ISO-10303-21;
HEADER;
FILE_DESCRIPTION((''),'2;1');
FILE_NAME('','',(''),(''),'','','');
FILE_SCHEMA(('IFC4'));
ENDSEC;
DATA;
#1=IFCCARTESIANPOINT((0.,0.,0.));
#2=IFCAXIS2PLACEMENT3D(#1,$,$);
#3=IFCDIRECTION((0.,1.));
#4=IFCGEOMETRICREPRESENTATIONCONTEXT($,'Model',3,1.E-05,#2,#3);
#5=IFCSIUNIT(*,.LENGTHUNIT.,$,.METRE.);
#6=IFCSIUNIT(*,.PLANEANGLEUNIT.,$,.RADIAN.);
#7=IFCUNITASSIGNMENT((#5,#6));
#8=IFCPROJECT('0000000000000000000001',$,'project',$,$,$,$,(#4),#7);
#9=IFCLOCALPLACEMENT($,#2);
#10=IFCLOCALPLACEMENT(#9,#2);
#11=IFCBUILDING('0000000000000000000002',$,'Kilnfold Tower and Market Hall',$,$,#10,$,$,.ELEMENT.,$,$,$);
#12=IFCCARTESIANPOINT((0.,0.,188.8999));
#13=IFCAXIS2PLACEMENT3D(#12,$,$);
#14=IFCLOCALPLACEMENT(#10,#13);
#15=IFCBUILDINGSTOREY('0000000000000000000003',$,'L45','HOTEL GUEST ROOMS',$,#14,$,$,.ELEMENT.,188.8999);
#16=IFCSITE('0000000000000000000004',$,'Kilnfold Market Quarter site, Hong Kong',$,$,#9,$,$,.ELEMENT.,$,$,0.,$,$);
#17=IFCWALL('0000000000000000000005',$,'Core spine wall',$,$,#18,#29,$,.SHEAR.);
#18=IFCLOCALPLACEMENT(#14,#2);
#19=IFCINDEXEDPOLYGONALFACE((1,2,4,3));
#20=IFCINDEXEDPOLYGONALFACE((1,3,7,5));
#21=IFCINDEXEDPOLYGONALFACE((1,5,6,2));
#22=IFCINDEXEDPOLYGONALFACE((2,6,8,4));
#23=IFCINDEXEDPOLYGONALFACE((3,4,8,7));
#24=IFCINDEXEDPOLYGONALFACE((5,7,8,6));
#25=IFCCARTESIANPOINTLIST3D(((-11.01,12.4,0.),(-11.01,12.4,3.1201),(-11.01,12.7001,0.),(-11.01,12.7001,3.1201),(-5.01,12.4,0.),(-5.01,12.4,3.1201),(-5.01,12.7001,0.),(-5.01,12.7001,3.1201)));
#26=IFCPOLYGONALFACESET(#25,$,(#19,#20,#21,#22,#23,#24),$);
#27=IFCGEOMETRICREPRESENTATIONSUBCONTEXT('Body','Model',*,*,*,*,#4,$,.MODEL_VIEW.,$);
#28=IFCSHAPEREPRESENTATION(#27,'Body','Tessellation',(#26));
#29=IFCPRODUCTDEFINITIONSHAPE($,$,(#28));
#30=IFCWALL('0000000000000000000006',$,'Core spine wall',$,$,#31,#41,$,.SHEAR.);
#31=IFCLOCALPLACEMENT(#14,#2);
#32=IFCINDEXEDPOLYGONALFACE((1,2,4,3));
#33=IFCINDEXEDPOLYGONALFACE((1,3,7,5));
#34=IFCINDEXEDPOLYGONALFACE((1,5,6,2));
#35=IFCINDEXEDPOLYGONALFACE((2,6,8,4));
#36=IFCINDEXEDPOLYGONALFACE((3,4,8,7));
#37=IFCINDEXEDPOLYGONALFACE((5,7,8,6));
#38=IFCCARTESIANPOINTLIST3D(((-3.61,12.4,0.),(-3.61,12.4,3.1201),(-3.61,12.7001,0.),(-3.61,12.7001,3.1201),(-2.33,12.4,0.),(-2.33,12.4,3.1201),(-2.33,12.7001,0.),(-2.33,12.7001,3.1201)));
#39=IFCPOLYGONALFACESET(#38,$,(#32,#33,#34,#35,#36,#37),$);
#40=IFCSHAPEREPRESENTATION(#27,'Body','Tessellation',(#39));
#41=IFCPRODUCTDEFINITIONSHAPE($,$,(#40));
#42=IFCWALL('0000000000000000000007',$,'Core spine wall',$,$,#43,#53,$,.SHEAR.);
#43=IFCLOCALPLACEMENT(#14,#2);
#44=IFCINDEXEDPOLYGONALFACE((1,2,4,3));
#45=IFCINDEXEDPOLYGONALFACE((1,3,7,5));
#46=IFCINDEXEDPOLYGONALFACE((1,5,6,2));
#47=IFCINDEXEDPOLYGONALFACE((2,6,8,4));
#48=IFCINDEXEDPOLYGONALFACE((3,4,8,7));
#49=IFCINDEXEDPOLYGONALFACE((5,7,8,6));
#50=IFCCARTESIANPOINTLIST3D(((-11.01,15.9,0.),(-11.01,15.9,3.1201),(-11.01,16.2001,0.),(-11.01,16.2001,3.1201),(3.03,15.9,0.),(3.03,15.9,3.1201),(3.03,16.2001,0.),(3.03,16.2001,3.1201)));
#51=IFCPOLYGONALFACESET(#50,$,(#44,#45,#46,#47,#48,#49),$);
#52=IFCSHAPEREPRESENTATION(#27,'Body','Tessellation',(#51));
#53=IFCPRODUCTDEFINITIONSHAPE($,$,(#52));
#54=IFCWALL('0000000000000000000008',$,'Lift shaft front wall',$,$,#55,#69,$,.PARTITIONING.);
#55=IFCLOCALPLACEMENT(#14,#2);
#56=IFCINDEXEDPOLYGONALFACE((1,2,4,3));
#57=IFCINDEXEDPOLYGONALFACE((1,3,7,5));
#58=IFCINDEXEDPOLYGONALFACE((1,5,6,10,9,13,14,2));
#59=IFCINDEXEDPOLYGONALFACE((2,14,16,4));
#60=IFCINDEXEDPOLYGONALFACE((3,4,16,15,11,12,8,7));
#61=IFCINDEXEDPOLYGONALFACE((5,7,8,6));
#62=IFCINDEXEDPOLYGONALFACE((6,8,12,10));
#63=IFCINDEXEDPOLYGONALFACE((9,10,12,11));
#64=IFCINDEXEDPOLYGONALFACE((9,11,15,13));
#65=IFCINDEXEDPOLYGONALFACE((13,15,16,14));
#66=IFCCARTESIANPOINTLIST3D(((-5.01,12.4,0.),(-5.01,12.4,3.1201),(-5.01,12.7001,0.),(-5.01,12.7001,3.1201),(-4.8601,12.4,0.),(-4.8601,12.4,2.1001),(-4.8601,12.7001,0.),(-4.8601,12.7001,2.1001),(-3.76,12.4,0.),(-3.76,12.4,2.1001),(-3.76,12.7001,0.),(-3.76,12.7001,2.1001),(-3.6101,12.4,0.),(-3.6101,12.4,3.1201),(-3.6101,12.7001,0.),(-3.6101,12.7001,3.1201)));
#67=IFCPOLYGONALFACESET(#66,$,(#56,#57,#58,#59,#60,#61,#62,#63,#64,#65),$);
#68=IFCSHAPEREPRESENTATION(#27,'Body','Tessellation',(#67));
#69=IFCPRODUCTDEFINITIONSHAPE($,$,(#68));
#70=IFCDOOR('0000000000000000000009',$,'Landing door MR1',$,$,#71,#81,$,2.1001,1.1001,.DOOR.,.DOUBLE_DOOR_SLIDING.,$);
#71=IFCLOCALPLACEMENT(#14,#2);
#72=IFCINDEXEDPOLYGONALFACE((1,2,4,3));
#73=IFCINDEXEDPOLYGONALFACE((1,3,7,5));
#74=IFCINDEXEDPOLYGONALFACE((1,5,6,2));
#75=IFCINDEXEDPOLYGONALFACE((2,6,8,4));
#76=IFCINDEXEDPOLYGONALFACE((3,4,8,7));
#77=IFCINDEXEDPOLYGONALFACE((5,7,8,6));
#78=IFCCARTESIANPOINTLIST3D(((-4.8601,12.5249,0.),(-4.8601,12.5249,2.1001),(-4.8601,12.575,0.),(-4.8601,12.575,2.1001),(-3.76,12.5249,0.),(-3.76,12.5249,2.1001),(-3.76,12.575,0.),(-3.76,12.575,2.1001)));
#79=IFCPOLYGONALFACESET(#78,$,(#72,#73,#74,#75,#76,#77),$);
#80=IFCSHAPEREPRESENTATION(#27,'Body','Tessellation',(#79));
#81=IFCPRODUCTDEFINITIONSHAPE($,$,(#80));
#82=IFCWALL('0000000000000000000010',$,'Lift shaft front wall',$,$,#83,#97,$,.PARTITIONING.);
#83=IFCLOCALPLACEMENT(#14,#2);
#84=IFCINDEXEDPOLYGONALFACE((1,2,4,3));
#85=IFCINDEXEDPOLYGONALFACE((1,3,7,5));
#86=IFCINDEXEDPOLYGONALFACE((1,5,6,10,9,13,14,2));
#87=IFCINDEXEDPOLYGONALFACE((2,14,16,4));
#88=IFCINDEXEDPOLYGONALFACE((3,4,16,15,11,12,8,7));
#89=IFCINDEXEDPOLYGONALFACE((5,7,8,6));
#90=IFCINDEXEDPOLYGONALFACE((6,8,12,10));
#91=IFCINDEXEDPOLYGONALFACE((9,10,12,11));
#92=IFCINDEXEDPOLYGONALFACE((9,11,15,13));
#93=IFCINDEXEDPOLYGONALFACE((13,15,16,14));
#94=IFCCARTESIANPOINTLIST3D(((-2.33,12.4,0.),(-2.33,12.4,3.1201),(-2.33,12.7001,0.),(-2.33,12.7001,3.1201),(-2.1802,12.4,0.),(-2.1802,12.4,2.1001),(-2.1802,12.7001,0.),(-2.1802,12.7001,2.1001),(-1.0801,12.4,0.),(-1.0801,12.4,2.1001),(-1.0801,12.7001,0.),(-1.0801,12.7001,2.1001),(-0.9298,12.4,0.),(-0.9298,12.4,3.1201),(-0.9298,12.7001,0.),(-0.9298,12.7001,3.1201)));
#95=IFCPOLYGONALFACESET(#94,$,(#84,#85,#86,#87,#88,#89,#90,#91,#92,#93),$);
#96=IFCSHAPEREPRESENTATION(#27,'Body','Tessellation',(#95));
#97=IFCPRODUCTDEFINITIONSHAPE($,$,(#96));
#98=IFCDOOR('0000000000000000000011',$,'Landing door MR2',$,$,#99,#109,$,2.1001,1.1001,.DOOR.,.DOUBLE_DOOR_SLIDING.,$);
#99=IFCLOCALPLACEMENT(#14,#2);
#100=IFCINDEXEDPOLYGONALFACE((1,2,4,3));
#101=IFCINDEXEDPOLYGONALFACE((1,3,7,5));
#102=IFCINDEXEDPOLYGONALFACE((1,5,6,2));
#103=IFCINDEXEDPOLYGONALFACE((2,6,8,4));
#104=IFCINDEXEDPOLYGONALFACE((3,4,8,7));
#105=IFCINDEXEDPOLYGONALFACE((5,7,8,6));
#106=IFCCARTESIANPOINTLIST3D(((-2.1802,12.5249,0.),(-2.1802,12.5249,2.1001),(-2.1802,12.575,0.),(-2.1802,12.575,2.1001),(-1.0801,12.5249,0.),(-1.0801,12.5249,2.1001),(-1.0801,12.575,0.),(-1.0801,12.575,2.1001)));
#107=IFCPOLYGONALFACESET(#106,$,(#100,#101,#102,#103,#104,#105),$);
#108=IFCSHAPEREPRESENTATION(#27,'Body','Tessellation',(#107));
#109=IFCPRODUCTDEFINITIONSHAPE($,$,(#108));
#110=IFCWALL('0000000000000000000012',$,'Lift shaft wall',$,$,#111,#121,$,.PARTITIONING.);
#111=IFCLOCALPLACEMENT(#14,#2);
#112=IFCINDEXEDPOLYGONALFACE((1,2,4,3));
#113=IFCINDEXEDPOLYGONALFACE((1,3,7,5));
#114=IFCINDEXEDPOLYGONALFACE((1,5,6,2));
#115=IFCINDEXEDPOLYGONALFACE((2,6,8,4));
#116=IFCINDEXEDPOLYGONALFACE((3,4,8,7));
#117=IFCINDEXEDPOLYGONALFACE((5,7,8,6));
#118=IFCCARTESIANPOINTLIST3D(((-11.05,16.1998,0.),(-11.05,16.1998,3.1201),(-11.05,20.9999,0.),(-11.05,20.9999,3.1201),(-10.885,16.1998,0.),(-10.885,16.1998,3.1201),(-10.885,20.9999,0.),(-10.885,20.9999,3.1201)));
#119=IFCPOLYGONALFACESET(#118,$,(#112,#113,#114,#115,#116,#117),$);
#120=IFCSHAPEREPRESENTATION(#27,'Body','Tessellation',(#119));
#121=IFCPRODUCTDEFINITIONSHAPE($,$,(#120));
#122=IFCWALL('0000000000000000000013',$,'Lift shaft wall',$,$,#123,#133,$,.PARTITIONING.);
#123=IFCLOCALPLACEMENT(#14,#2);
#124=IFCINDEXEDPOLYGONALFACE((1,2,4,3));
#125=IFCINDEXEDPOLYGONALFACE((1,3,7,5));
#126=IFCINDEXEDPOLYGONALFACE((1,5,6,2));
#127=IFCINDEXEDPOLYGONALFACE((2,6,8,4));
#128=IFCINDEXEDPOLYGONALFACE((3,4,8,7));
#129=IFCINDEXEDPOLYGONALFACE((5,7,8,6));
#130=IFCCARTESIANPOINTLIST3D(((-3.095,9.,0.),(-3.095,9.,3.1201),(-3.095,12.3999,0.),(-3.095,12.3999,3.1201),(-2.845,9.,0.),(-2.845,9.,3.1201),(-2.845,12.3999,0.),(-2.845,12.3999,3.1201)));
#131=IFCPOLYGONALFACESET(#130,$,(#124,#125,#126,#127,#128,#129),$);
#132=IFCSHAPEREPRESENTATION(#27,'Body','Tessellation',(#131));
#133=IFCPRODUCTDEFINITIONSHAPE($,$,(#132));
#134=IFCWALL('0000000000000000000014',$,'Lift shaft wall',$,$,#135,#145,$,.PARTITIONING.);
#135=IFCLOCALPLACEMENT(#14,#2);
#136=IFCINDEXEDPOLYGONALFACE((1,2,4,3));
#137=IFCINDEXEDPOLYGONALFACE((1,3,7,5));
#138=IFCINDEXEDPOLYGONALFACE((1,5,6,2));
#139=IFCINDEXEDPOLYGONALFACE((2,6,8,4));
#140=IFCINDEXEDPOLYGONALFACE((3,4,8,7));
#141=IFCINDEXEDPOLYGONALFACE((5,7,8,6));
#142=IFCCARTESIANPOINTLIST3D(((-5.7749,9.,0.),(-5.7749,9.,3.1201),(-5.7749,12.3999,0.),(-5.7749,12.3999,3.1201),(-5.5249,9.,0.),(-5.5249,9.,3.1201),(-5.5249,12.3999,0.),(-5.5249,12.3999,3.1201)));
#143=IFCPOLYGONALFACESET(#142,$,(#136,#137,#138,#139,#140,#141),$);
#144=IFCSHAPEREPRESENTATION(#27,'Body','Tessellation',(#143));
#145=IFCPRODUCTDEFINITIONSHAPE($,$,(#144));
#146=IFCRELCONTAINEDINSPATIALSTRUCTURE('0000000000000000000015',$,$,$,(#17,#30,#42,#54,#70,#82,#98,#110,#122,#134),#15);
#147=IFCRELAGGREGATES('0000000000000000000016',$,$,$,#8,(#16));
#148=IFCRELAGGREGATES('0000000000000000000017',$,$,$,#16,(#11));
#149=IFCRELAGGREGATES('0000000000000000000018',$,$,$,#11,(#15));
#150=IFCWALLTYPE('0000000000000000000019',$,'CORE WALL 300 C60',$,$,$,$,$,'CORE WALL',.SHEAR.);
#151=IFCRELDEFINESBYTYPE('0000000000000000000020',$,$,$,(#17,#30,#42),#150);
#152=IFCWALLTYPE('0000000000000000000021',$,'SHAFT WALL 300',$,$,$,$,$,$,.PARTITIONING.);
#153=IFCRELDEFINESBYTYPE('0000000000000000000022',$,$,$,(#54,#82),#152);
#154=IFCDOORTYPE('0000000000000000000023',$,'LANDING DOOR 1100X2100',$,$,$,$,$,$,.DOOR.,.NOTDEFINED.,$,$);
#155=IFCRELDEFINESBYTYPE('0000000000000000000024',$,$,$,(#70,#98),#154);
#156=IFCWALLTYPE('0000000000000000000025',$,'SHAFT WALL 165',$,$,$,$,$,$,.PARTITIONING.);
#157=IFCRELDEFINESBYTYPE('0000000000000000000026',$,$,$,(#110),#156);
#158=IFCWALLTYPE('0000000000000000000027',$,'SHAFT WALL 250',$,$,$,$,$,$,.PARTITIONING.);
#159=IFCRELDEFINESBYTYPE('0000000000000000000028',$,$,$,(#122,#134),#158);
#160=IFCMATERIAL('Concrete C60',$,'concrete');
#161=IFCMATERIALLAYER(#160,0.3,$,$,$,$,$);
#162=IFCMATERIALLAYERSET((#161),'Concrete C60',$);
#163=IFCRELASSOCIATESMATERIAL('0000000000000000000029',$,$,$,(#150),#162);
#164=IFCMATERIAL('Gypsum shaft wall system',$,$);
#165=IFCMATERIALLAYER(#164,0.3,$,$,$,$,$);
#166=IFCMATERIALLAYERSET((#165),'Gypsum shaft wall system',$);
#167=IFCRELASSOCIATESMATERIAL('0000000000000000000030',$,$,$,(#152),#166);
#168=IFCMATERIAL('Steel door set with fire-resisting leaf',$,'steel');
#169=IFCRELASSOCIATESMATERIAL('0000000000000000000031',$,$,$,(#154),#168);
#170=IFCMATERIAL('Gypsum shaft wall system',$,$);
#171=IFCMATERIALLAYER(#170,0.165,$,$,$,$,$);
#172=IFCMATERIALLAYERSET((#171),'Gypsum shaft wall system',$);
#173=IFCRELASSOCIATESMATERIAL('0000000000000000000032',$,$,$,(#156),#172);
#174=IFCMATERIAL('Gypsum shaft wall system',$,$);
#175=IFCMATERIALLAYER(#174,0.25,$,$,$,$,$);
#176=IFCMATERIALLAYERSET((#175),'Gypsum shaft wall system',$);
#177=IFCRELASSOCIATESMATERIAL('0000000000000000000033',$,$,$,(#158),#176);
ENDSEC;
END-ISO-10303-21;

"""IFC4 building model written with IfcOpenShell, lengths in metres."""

from ifc_helpers import new_model, si_unit, direction, frame, frame_2d, origin, place, context, subcontext, project, spatial, rectangle, extrude, source, transform, mapped, material, layer, layer_set, type_object, element, fill, save


model = new_model("IFC4")

# Units and contexts
model_context = context("Model", 3, precision=1e-05, world=origin(), true_north=direction((0.0, 1.0)))
body_context = subcontext(model_context, "Body", "Model", "MODEL_VIEW")
ifc_project = project(units=[si_unit("LENGTHUNIT", "METRE"), si_unit("PLANEANGLEUNIT", "RADIAN")], contexts=[model_context])

# Site, building, storey
site_placement = place(None, origin())
site = spatial("IfcSite", under=ifc_project, at=site_placement, Name="Kilnfold Market Quarter site, Hong Kong", CompositionType="ELEMENT", RefElevation=0.0)
building_placement = place(site_placement, origin())
building = spatial("IfcBuilding", under=site, at=building_placement, Name="Kilnfold Tower and Market Hall", CompositionType="ELEMENT")
storey_placement = place(building_placement, frame((0.0, 0.0, 188.8999)))
storey = spatial("IfcBuildingStorey", under=building, at=storey_placement, Name="L45", Description="HOTEL GUEST ROOMS", CompositionType="ELEMENT", Elevation=188.8999)

# Walls
ifc_material_1 = material(Name="Concrete C60", Category="concrete")
ifc_layer_1 = layer(ifc_material_1, 0.3)
ifc_layer_set_1 = layer_set([ifc_layer_1], Name="Concrete C60")
wall_type_1 = type_object("IfcWallType", Name="CORE WALL 300 C60", ElementType="CORE WALL", PredefinedType="SHEAR", material=ifc_layer_set_1)
shared_shape_1 = source(origin(), body_context, "Body", "SweptSolid", [
    extrude(rectangle(XDim=6.0, YDim=0.3, at=frame_2d((3.0, 0.0))), origin(), (0.0, 0.0, 1.0), 3.1201),
])
wall_1_placement = place(storey_placement, frame((-11.01, 12.55, 0.0), z_axis=(0.0, 0.0, 1.0), x_axis=(1.0, 0.0, 0.0)))
element("IfcWall", 1, at=wall_1_placement, inside=storey, type_object=wall_type_1, Name="Core spine wall", PredefinedType="SHEAR", context=body_context, shape_type="MappedRepresentation", body=[
    mapped(shared_shape_1, transform((0.0, 0.0, 0.0))),
])
shared_shape_2 = source(origin(), body_context, "Body", "SweptSolid", [
    extrude(rectangle(XDim=1.28, YDim=0.3, at=frame_2d((0.6401, 0.0))), origin(), (0.0, 0.0, 1.0), 3.1201),
])
wall_2_placement = place(storey_placement, frame((-3.6101, 12.55, 0.0), z_axis=(0.0, 0.0, 1.0), x_axis=(1.0, 0.0, 0.0)))
element("IfcWall", 2, at=wall_2_placement, inside=storey, type_object=wall_type_1, Name="Core spine wall", PredefinedType="SHEAR", context=body_context, shape_type="MappedRepresentation", body=[
    mapped(shared_shape_2, transform((0.0, 0.0, 0.0))),
])
shared_shape_3 = source(origin(), body_context, "Body", "SweptSolid", [
    extrude(rectangle(XDim=14.04, YDim=0.3, at=frame_2d((7.02, 0.0))), origin(), (0.0, 0.0, 1.0), 3.1201),
])
wall_3_placement = place(storey_placement, frame((-11.01, 16.05, 0.0), z_axis=(0.0, 0.0, 1.0), x_axis=(1.0, 0.0, 0.0)))
element("IfcWall", 3, at=wall_3_placement, inside=storey, type_object=wall_type_1, Name="Core spine wall", PredefinedType="SHEAR", context=body_context, shape_type="MappedRepresentation", body=[
    mapped(shared_shape_3, transform((0.0, 0.0, 0.0))),
])

# Walls, openings, doors
ifc_material_2 = material(Name="Gypsum shaft wall system")
ifc_layer_2 = layer(ifc_material_2, 0.3)
ifc_layer_set_2 = layer_set([ifc_layer_2], Name="Gypsum shaft wall system")
wall_type_2 = type_object("IfcWallType", Name="SHAFT WALL 300", PredefinedType="PARTITIONING", material=ifc_layer_set_2)
shared_shape_4 = source(origin(), body_context, "Body", "SweptSolid", [
    extrude(rectangle(XDim=1.3999, YDim=0.3, at=frame_2d((0.7, 0.0))), origin(), (0.0, 0.0, 1.0), 3.1201),
])
wall_4_placement = place(storey_placement, frame((-5.01, 12.55, 0.0), z_axis=(0.0, 0.0, 1.0), x_axis=(1.0, 0.0, 0.0)))
wall_4 = element("IfcWall", 4, at=wall_4_placement, inside=storey, type_object=wall_type_2, Name="Lift shaft front wall", PredefinedType="PARTITIONING", context=body_context, shape_type="MappedRepresentation", body=[
    mapped(shared_shape_4, transform((0.0, 0.0, 0.0))),
])
opening_1_placement = place(wall_4_placement, frame((0.1499, 0.0, 0.0)))
opening_1 = element("IfcOpeningElement", 5, at=opening_1_placement, cuts=wall_4, PredefinedType="OPENING", context=body_context, shape_type="SweptSolid", body=[
    extrude(rectangle(XDim=1.1001, YDim=2.1001, at=frame_2d((0.55, 1.05))), frame((0.0, 0.1602, 0.0), z_axis=(0.0, -1.0, 0.0), x_axis=(1.0, 0.0, 0.0)), (0.0, 0.0, 1.0), 0.3201),
])
ifc_material_3 = material(Name="Steel door set with fire-resisting leaf", Category="steel")
door_type = type_object("IfcDoorType", Name="LANDING DOOR 1100X2100", OperationType="NOTDEFINED", PredefinedType="DOOR", material=ifc_material_3)
door_1_placement = place(opening_1_placement, origin())
door_1 = element("IfcDoor", 6, at=door_1_placement, inside=storey, type_object=door_type, Name="Landing door MR1", OperationType="DOUBLE_DOOR_SLIDING", OverallHeight=2.1001, OverallWidth=1.1001, PredefinedType="DOOR", context=body_context, shape_type="SweptSolid", body=[
    extrude(rectangle(XDim=1.1001, YDim=2.1001, at=frame_2d((0.55, 1.05))), frame((0.0, 0.0249, 0.0), z_axis=(0.0, -1.0, 0.0), x_axis=(1.0, 0.0, 0.0)), (0.0, 0.0, 1.0), 0.05),
])
fill(opening_1, door_1)
shared_shape_5 = source(origin(), body_context, "Body", "SweptSolid", [
    extrude(rectangle(XDim=1.4001, YDim=0.3, at=frame_2d((0.7002, 0.0))), origin(), (0.0, 0.0, 1.0), 3.1201),
])
wall_5_placement = place(storey_placement, frame((-2.3301, 12.55, 0.0), z_axis=(0.0, 0.0, 1.0), x_axis=(1.0, 0.0, 0.0)))
wall_5 = element("IfcWall", 7, at=wall_5_placement, inside=storey, type_object=wall_type_2, Name="Lift shaft front wall", PredefinedType="PARTITIONING", context=body_context, shape_type="MappedRepresentation", body=[
    mapped(shared_shape_5, transform((0.0, 0.0, 0.0))),
])
opening_2_placement = place(wall_5_placement, frame((0.1499, 0.0, 0.0)))
opening_2 = element("IfcOpeningElement", 8, at=opening_2_placement, cuts=wall_5, PredefinedType="OPENING", context=body_context, shape_type="SweptSolid", body=[
    extrude(rectangle(XDim=1.1001, YDim=2.1001, at=frame_2d((0.55, 1.05))), frame((0.0, 0.1602, 0.0), z_axis=(0.0, -1.0, 0.0), x_axis=(1.0, 0.0, 0.0)), (0.0, 0.0, 1.0), 0.3201),
])
door_2_placement = place(opening_2_placement, origin())
door_2 = element("IfcDoor", 9, at=door_2_placement, inside=storey, type_object=door_type, Name="Landing door MR2", OperationType="DOUBLE_DOOR_SLIDING", OverallHeight=2.1001, OverallWidth=1.1001, PredefinedType="DOOR", context=body_context, shape_type="SweptSolid", body=[
    extrude(rectangle(XDim=1.1001, YDim=2.1001, at=frame_2d((0.55, 1.05))), frame((0.0, 0.0249, 0.0), z_axis=(0.0, -1.0, 0.0), x_axis=(1.0, 0.0, 0.0)), (0.0, 0.0, 1.0), 0.05),
])
fill(opening_2, door_2)

# Walls
ifc_material_4 = material(Name="Gypsum shaft wall system")
ifc_layer_3 = layer(ifc_material_4, 0.165)
ifc_layer_set_3 = layer_set([ifc_layer_3], Name="Gypsum shaft wall system")
wall_type_3 = type_object("IfcWallType", Name="SHAFT WALL 165", PredefinedType="PARTITIONING", material=ifc_layer_set_3)
shared_shape_6 = source(origin(), body_context, "Body", "SweptSolid", [
    extrude(rectangle(XDim=4.8, YDim=0.165, at=frame_2d((2.3999, 0.0))), origin(), (0.0, 0.0, 1.0), 3.1201),
])
wall_6_placement = place(storey_placement, frame((-10.9675, 16.2, 0.0), z_axis=(0.0, 0.0, 1.0), x_axis=(0.0, 1.0, 0.0)))
element("IfcWall", 10, at=wall_6_placement, inside=storey, type_object=wall_type_3, Name="Lift shaft wall", PredefinedType="PARTITIONING", context=body_context, shape_type="MappedRepresentation", body=[
    mapped(shared_shape_6, transform((0.0, 0.0, 0.0))),
])
ifc_material_5 = material(Name="Gypsum shaft wall system")
ifc_layer_4 = layer(ifc_material_5, 0.25)
ifc_layer_set_4 = layer_set([ifc_layer_4], Name="Gypsum shaft wall system")
wall_type_4 = type_object("IfcWallType", Name="SHAFT WALL 250", PredefinedType="PARTITIONING", material=ifc_layer_set_4)
shared_shape_7 = source(origin(), body_context, "Body", "SweptSolid", [
    extrude(rectangle(XDim=3.3999, YDim=0.25, at=frame_2d((1.7, 0.0))), origin(), (0.0, 0.0, 1.0), 3.1201),
])
for number, where, z_axis, x_axis, name in (
    (11, (-2.97, 9.0, 0.0), (0.0, 0.0, 1.0), (0.0, 1.0, 0.0), "Lift shaft wall"),
    (12, (-5.6499, 9.0, 0.0), (0.0, 0.0, 1.0), (0.0, 1.0, 0.0), "Lift shaft wall"),
):
    element("IfcWall", number, at=place(storey_placement, frame(where, z_axis=z_axis, x_axis=x_axis)), inside=storey, type_object=wall_type_4, Name=name, PredefinedType="PARTITIONING", context=body_context, shape_type="MappedRepresentation", body=[
        mapped(shared_shape_7, transform((0.0, 0.0, 0.0))),
    ])

save(model, "model.ifc")
